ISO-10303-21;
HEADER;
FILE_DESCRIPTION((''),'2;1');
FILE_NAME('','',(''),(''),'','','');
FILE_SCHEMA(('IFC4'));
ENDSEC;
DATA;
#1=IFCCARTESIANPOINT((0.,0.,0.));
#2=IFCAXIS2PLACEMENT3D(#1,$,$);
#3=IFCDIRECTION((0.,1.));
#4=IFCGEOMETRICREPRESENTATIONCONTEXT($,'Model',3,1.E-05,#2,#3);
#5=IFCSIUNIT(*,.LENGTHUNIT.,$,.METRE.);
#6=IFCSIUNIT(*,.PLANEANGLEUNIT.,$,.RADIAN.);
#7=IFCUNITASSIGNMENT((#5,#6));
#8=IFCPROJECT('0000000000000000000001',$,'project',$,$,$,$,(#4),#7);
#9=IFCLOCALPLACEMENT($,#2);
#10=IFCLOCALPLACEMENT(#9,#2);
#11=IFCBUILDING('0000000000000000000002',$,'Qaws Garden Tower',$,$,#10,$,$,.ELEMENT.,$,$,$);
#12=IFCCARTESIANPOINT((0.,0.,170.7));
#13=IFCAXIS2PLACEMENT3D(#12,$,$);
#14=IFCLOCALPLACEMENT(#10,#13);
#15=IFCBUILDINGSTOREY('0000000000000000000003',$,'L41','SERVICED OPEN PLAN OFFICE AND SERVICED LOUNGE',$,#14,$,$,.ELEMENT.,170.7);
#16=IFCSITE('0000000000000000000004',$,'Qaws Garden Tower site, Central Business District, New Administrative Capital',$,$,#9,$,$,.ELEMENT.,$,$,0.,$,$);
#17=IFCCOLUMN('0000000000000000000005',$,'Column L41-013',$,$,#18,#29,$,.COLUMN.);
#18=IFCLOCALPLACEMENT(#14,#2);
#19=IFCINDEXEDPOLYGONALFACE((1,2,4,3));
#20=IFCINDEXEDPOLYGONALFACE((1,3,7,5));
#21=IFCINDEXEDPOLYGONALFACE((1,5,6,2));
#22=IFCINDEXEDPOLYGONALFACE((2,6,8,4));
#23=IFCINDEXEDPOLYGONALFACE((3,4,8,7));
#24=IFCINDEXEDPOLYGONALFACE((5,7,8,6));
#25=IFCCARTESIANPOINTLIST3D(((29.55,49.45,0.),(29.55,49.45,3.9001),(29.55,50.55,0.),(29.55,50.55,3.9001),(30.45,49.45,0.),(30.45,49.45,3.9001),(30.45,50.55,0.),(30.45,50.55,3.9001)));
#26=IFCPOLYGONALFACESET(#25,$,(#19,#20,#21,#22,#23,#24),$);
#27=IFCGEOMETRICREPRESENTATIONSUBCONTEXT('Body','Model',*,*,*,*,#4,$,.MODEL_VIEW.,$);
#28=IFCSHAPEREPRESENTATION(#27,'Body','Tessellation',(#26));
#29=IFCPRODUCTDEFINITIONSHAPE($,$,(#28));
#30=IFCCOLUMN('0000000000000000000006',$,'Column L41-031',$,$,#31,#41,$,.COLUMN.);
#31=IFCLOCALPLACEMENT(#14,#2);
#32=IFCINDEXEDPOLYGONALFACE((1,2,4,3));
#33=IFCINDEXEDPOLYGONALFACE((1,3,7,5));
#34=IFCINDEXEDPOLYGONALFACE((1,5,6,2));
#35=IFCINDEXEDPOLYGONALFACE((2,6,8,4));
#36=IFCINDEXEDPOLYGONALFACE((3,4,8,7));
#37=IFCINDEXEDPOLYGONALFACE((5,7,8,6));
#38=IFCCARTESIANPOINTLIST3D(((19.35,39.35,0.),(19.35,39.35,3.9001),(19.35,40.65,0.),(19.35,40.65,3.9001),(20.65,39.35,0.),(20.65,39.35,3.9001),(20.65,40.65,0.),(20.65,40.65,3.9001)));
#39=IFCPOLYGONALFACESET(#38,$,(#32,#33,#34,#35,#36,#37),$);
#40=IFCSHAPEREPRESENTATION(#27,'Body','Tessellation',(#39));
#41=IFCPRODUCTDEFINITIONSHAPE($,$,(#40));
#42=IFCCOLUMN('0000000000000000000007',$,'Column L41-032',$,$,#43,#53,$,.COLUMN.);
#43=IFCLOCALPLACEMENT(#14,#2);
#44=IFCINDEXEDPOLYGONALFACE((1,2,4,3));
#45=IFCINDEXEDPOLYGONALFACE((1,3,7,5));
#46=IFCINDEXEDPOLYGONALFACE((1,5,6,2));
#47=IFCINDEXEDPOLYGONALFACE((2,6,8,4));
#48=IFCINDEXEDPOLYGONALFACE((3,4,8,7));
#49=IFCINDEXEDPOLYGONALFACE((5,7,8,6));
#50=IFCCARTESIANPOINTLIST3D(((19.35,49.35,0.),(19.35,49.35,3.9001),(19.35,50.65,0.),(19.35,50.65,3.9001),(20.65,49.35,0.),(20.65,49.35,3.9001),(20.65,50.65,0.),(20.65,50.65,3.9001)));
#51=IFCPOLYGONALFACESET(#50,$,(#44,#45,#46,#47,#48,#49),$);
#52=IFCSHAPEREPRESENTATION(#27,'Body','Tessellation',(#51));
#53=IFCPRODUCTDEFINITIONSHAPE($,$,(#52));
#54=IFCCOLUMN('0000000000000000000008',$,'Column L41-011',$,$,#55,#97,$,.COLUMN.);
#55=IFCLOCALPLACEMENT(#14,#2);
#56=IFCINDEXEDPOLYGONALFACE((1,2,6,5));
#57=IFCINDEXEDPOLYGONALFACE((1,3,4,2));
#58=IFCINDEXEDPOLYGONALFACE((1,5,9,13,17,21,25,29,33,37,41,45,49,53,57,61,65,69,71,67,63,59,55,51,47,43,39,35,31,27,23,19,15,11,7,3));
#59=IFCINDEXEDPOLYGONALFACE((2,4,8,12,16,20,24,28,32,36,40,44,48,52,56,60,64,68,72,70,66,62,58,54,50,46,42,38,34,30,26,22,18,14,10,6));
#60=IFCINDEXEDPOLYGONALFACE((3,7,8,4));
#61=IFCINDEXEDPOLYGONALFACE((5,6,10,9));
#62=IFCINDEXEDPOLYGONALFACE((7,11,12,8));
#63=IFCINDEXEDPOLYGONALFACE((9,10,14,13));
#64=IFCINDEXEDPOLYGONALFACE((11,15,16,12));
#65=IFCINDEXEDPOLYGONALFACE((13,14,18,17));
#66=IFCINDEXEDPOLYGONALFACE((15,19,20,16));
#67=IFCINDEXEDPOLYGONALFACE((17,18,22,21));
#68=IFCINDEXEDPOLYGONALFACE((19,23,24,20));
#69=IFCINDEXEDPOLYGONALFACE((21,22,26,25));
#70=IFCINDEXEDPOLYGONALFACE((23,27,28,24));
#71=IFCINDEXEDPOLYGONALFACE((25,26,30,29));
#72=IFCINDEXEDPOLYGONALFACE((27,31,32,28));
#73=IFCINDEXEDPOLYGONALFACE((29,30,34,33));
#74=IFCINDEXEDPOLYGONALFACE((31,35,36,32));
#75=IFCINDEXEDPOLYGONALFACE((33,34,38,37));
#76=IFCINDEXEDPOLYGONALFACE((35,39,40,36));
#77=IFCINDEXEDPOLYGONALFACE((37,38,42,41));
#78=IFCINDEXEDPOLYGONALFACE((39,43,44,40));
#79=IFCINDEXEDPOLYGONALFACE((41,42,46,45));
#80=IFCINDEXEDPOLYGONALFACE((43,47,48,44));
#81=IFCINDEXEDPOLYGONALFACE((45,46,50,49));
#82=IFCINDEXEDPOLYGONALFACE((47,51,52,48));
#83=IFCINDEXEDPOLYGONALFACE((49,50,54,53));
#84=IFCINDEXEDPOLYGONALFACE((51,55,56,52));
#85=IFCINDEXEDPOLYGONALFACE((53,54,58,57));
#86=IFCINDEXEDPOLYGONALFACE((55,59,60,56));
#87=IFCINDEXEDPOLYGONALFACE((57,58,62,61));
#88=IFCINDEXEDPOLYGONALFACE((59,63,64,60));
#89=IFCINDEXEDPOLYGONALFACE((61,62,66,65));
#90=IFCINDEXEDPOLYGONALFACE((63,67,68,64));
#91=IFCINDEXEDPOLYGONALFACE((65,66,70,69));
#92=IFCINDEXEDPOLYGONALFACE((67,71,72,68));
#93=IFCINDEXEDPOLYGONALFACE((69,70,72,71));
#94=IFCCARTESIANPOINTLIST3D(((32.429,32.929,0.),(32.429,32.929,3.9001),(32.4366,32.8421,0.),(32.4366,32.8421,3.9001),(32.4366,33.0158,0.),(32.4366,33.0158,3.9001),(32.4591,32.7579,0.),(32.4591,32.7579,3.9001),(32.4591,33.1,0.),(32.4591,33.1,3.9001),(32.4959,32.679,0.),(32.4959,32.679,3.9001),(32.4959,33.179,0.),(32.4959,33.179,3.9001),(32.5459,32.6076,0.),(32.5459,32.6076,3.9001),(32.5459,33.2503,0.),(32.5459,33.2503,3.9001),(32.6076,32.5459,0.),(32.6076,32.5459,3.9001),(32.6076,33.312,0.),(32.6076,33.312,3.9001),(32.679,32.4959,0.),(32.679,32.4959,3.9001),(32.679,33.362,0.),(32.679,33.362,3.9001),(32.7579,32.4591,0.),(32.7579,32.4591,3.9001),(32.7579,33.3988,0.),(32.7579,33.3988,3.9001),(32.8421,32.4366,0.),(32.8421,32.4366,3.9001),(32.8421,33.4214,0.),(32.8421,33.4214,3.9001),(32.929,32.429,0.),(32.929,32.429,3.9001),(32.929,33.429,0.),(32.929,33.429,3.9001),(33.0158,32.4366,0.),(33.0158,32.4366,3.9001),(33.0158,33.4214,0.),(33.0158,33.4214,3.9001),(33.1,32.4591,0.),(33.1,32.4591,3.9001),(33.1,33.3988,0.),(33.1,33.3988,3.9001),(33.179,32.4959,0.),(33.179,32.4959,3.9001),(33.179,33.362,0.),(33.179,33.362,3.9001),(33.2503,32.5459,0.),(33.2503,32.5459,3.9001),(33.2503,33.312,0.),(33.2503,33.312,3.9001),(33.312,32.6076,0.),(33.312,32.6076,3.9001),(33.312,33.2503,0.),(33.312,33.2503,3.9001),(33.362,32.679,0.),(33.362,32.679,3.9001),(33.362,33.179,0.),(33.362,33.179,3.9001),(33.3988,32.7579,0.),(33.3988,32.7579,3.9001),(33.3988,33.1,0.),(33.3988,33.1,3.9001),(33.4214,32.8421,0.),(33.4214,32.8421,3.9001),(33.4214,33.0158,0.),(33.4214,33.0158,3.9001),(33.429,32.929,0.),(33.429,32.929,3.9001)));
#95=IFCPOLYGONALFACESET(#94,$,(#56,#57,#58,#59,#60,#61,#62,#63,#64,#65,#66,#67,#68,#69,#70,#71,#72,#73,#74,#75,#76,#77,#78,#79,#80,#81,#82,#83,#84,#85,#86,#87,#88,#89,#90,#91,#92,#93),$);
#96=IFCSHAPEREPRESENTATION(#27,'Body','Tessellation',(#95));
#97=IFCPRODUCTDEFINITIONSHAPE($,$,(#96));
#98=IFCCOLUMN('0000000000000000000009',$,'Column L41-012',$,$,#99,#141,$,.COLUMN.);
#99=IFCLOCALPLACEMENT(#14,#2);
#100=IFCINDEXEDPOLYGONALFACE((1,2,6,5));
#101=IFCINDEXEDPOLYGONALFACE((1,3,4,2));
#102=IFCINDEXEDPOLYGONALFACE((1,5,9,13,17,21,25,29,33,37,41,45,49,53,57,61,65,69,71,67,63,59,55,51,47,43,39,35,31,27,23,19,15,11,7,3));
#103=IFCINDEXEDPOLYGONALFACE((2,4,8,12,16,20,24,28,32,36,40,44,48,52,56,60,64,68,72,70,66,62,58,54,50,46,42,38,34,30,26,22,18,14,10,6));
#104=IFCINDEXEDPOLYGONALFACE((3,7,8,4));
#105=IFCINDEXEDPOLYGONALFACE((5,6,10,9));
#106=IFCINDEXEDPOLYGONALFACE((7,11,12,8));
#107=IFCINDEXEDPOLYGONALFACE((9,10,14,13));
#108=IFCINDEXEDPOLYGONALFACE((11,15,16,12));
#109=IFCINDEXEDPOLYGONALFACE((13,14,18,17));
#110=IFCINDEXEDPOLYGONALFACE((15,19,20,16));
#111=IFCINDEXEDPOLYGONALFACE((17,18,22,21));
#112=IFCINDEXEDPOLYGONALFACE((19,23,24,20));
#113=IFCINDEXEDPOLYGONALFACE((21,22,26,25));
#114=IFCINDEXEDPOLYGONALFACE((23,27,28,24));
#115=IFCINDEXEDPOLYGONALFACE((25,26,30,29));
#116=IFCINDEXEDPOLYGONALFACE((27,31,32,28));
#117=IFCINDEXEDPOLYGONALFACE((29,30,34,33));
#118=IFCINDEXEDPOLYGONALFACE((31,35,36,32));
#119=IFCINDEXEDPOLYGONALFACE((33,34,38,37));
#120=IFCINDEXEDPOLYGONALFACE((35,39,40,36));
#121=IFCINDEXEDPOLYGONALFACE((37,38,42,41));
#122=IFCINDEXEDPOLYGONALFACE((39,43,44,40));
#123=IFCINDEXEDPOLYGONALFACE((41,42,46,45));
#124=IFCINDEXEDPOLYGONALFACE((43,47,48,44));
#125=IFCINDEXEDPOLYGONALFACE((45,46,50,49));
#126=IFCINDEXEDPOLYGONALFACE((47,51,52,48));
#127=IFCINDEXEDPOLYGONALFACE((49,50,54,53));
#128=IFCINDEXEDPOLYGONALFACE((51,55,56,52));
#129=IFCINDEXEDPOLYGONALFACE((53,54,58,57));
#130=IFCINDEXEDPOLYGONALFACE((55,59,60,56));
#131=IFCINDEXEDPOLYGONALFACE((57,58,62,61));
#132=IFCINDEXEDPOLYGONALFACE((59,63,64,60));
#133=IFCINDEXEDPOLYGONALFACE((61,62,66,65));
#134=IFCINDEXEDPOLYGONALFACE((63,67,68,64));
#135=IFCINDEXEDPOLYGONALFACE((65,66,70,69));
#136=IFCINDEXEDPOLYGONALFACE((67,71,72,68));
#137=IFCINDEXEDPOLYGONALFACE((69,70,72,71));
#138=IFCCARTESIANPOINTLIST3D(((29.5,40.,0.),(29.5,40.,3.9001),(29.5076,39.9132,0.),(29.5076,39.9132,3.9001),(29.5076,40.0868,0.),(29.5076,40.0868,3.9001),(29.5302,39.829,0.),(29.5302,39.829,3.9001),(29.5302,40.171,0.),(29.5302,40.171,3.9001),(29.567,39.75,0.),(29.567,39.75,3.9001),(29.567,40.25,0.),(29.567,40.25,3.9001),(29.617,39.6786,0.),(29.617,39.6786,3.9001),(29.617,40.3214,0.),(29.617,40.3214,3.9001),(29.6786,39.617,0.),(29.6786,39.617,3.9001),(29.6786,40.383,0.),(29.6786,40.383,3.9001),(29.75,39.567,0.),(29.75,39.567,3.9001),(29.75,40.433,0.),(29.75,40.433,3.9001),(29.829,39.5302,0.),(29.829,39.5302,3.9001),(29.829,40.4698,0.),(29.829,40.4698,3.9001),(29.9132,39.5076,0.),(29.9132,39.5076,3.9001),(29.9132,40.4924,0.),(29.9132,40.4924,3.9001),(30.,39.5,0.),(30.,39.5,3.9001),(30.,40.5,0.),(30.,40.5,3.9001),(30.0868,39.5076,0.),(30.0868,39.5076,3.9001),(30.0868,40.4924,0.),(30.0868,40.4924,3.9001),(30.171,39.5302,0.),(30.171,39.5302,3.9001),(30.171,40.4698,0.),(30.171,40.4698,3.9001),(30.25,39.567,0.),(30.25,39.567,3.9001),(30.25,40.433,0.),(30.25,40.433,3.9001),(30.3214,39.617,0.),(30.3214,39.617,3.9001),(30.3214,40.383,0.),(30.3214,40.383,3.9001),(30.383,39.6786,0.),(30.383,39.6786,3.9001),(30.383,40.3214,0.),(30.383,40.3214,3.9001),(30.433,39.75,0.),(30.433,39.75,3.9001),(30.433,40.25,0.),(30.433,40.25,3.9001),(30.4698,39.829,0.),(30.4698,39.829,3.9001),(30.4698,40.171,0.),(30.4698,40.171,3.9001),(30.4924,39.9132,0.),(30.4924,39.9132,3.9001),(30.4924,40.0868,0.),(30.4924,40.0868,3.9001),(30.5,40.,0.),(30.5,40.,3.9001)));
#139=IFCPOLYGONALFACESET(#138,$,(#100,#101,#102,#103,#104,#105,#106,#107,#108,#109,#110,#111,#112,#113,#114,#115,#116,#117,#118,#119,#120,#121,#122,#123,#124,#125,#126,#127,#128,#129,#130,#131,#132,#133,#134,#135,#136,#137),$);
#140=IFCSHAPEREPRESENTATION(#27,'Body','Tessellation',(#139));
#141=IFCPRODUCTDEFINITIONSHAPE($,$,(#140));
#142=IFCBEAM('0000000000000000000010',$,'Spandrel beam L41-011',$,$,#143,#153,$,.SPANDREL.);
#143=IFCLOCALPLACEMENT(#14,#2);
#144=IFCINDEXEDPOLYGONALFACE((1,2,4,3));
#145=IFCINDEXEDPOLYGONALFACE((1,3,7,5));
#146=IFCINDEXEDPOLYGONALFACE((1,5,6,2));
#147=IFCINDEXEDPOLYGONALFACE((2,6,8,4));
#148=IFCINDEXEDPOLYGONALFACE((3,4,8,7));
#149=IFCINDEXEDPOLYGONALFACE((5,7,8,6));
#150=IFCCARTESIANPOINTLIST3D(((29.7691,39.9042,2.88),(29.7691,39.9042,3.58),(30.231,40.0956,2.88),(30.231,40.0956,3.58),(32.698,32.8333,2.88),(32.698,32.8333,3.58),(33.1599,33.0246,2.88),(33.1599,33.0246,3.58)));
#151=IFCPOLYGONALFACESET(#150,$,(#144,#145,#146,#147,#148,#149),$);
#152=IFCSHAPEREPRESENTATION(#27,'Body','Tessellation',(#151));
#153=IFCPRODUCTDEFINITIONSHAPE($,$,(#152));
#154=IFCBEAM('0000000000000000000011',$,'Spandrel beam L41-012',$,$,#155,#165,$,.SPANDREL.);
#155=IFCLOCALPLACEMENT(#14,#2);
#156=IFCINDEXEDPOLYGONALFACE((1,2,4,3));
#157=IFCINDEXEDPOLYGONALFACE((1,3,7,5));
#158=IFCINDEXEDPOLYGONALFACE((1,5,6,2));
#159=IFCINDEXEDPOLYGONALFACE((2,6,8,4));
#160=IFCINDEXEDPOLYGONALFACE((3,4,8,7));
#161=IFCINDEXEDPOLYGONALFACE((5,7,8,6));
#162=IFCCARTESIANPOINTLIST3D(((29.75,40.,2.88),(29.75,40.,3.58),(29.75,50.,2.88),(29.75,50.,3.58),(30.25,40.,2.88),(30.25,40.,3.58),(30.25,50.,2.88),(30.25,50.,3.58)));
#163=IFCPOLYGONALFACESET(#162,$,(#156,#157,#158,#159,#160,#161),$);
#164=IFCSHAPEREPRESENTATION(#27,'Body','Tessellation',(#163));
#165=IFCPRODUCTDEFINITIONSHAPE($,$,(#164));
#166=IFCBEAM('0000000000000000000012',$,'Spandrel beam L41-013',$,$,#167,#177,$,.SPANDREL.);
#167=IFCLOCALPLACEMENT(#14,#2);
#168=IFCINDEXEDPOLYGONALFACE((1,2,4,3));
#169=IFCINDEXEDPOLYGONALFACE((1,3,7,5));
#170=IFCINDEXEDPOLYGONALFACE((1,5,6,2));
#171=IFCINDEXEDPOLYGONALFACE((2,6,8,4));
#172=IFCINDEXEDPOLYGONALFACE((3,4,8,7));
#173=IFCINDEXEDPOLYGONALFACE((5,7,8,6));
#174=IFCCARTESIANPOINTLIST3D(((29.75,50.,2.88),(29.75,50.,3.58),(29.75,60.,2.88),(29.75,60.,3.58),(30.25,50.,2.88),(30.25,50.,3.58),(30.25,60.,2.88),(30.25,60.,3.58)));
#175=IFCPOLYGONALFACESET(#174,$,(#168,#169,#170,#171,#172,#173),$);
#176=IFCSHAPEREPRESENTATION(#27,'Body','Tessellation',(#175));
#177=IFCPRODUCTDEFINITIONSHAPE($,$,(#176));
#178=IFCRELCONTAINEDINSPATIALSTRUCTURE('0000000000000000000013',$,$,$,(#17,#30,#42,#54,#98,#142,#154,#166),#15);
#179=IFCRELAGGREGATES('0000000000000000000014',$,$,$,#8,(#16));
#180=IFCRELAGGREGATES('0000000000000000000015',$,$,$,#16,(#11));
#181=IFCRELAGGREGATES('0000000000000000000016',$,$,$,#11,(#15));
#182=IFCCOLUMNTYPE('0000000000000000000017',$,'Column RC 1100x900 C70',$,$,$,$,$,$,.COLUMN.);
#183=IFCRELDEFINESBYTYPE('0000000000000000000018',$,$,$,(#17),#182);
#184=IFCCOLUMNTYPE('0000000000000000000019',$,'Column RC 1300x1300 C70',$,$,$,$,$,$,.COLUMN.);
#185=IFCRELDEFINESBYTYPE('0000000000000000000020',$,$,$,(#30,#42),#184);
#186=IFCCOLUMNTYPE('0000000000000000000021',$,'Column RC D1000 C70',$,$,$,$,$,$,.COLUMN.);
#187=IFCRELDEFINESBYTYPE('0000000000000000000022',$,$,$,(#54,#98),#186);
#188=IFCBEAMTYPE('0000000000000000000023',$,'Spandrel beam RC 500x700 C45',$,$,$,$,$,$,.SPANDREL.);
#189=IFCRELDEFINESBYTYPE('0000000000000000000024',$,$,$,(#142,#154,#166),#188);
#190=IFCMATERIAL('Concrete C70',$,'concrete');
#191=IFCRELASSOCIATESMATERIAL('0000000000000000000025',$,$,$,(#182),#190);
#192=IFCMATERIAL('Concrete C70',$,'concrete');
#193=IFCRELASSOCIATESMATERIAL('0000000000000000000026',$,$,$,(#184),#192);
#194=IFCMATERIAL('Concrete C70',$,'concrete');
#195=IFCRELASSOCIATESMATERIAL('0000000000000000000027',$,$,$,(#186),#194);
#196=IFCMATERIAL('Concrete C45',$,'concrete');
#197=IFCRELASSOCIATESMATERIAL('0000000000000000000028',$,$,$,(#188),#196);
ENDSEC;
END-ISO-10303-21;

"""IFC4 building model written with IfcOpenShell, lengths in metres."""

from ifc_helpers import new_model, si_unit, direction, frame, origin, origin_2d, place, context, subcontext, project, spatial, rectangle, circle, extrude, material, material_profile, profile_set, type_object, element, save


model = new_model("IFC4")

# Units and contexts
model_context = context("Model", 3, precision=1e-05, world=origin(), true_north=direction((0.0, 1.0)))
body_context = subcontext(model_context, "Body", "Model", "MODEL_VIEW")
ifc_project = project(units=[si_unit("LENGTHUNIT", "METRE"), si_unit("PLANEANGLEUNIT", "RADIAN")], contexts=[model_context])

# Site, building, storey
site_placement = place(None, origin())
site = spatial("IfcSite", under=ifc_project, at=site_placement, Name="Qaws Garden Tower site, Central Business District, New Administrative Capital", CompositionType="ELEMENT", RefElevation=0.0)
building_placement = place(site_placement, origin())
building = spatial("IfcBuilding", under=site, at=building_placement, Name="Qaws Garden Tower", CompositionType="ELEMENT")
storey_placement = place(building_placement, frame((0.0, 0.0, 170.7)))
storey = spatial("IfcBuildingStorey", under=building, at=storey_placement, Name="L41", Description="SERVICED OPEN PLAN OFFICE AND SERVICED LOUNGE", CompositionType="ELEMENT", Elevation=170.7)

# Columns
ifc_material_1 = material(Name="Concrete C70", Category="concrete")
ifc_material_profile_1 = material_profile(ifc_material_1, rectangle(XDim=1.1001, YDim=0.8999, at=origin_2d()), Name="RC 1100x900")
ifc_profile_set_1 = profile_set([ifc_material_profile_1], Name="Concrete C70")
column_type_1 = type_object("IfcColumnType", Name="Column RC 1100x900 C70", PredefinedType="COLUMN", material=ifc_profile_set_1)
column_placement = place(storey_placement, frame((30.0, 50.0, 0.0), z_axis=(0.0, 0.0, 1.0), x_axis=(0.0, 1.0, 0.0)))
element("IfcColumn", 1, at=column_placement, inside=storey, type_object=column_type_1, Name="Column L41-013", PredefinedType="COLUMN", context=body_context, shape_type="SweptSolid", body=[
    extrude(rectangle(XDim=1.1001, YDim=0.8999, at=origin_2d()), origin(), (0.0, 0.0, 1.0), 3.9001),
])
ifc_material_2 = material(Name="Concrete C70", Category="concrete")
ifc_material_profile_2 = material_profile(ifc_material_2, rectangle(XDim=1.3, YDim=1.3, at=origin_2d()), Name="RC 1300x1300")
ifc_profile_set_2 = profile_set([ifc_material_profile_2], Name="Concrete C70")
column_type_2 = type_object("IfcColumnType", Name="Column RC 1300x1300 C70", PredefinedType="COLUMN", material=ifc_profile_set_2)
for number, where, z_axis, x_axis, name in (
    (2, (20.0, 40.0, 0.0), (0.0, 0.0, 1.0), (1.0, 0.0, 0.0), "Column L41-031"),
    (3, (20.0, 50.0, 0.0), (0.0, 0.0, 1.0), (1.0, 0.0, 0.0), "Column L41-032"),
):
    element("IfcColumn", number, at=place(storey_placement, frame(where, z_axis=z_axis, x_axis=x_axis)), inside=storey, type_object=column_type_2, Name=name, PredefinedType="COLUMN", context=body_context, shape_type="SweptSolid", body=[
        extrude(rectangle(XDim=1.3, YDim=1.3, at=origin_2d()), origin(), (0.0, 0.0, 1.0), 3.9001),
    ])
ifc_material_3 = material(Name="Concrete C70", Category="concrete")
ifc_material_profile_3 = material_profile(ifc_material_3, circle(Radius=0.5, at=origin_2d()), Name="RC D1000")
ifc_profile_set_3 = profile_set([ifc_material_profile_3], Name="Concrete C70")
column_type_3 = type_object("IfcColumnType", Name="Column RC D1000 C70", PredefinedType="COLUMN", material=ifc_profile_set_3)
for number, where, z_axis, x_axis, name in (
    (4, (32.929, 32.929, 0.0), (0.0, 0.0, 1.0), (1.0, 0.0, 0.0), "Column L41-011"),
    (5, (30.0, 40.0, 0.0), (0.0, 0.0, 1.0), (1.0, 0.0, 0.0), "Column L41-012"),
):
    element("IfcColumn", number, at=place(storey_placement, frame(where, z_axis=z_axis, x_axis=x_axis)), inside=storey, type_object=column_type_3, Name=name, PredefinedType="COLUMN", context=body_context, shape_type="SweptSolid", body=[
        extrude(circle(Radius=0.5, at=origin_2d()), origin(), (0.0, 0.0, 1.0), 3.9001),
    ])

# Beams
ifc_material_4 = material(Name="Concrete C45", Category="concrete")
ifc_material_profile_4 = material_profile(ifc_material_4, rectangle(XDim=0.5, YDim=0.7, at=origin_2d()), Name="RC 500x700")
ifc_profile_set_4 = profile_set([ifc_material_profile_4], Name="Concrete C45")
beam_type = type_object("IfcBeamType", Name="Spandrel beam RC 500x700 C45", PredefinedType="SPANDREL", material=ifc_profile_set_4)
beam_placement = place(storey_placement, frame((32.929, 32.929, 3.23), z_axis=(-0.382687, 0.923878, 0.0), x_axis=(-0.923878, -0.382687, 0.0)))
element("IfcBeam", 6, at=beam_placement, inside=storey, type_object=beam_type, Name="Spandrel beam L41-011", PredefinedType="SPANDREL", context=body_context, shape_type="SweptSolid", body=[
    extrude(rectangle(XDim=0.5, YDim=0.7, at=origin_2d()), origin(), (0.0, 0.0, 1.0), 7.6536),
])
for number, where, z_axis, x_axis, name in (
    (7, (30.0, 40.0, 3.23), (0.0, 1.0, 0.0), (-1.0, 0.0, 0.0), "Spandrel beam L41-012"),
    (8, (30.0, 50.0, 3.23), (0.0, 1.0, 0.0), (-1.0, 0.0, 0.0), "Spandrel beam L41-013"),
):
    element("IfcBeam", number, at=place(storey_placement, frame(where, z_axis=z_axis, x_axis=x_axis)), inside=storey, type_object=beam_type, Name=name, PredefinedType="SPANDREL", context=body_context, shape_type="SweptSolid", body=[
        extrude(rectangle(XDim=0.5, YDim=0.7, at=origin_2d()), origin(), (0.0, 0.0, 1.0), 10.0),
    ])

save(model, "model.ifc")
